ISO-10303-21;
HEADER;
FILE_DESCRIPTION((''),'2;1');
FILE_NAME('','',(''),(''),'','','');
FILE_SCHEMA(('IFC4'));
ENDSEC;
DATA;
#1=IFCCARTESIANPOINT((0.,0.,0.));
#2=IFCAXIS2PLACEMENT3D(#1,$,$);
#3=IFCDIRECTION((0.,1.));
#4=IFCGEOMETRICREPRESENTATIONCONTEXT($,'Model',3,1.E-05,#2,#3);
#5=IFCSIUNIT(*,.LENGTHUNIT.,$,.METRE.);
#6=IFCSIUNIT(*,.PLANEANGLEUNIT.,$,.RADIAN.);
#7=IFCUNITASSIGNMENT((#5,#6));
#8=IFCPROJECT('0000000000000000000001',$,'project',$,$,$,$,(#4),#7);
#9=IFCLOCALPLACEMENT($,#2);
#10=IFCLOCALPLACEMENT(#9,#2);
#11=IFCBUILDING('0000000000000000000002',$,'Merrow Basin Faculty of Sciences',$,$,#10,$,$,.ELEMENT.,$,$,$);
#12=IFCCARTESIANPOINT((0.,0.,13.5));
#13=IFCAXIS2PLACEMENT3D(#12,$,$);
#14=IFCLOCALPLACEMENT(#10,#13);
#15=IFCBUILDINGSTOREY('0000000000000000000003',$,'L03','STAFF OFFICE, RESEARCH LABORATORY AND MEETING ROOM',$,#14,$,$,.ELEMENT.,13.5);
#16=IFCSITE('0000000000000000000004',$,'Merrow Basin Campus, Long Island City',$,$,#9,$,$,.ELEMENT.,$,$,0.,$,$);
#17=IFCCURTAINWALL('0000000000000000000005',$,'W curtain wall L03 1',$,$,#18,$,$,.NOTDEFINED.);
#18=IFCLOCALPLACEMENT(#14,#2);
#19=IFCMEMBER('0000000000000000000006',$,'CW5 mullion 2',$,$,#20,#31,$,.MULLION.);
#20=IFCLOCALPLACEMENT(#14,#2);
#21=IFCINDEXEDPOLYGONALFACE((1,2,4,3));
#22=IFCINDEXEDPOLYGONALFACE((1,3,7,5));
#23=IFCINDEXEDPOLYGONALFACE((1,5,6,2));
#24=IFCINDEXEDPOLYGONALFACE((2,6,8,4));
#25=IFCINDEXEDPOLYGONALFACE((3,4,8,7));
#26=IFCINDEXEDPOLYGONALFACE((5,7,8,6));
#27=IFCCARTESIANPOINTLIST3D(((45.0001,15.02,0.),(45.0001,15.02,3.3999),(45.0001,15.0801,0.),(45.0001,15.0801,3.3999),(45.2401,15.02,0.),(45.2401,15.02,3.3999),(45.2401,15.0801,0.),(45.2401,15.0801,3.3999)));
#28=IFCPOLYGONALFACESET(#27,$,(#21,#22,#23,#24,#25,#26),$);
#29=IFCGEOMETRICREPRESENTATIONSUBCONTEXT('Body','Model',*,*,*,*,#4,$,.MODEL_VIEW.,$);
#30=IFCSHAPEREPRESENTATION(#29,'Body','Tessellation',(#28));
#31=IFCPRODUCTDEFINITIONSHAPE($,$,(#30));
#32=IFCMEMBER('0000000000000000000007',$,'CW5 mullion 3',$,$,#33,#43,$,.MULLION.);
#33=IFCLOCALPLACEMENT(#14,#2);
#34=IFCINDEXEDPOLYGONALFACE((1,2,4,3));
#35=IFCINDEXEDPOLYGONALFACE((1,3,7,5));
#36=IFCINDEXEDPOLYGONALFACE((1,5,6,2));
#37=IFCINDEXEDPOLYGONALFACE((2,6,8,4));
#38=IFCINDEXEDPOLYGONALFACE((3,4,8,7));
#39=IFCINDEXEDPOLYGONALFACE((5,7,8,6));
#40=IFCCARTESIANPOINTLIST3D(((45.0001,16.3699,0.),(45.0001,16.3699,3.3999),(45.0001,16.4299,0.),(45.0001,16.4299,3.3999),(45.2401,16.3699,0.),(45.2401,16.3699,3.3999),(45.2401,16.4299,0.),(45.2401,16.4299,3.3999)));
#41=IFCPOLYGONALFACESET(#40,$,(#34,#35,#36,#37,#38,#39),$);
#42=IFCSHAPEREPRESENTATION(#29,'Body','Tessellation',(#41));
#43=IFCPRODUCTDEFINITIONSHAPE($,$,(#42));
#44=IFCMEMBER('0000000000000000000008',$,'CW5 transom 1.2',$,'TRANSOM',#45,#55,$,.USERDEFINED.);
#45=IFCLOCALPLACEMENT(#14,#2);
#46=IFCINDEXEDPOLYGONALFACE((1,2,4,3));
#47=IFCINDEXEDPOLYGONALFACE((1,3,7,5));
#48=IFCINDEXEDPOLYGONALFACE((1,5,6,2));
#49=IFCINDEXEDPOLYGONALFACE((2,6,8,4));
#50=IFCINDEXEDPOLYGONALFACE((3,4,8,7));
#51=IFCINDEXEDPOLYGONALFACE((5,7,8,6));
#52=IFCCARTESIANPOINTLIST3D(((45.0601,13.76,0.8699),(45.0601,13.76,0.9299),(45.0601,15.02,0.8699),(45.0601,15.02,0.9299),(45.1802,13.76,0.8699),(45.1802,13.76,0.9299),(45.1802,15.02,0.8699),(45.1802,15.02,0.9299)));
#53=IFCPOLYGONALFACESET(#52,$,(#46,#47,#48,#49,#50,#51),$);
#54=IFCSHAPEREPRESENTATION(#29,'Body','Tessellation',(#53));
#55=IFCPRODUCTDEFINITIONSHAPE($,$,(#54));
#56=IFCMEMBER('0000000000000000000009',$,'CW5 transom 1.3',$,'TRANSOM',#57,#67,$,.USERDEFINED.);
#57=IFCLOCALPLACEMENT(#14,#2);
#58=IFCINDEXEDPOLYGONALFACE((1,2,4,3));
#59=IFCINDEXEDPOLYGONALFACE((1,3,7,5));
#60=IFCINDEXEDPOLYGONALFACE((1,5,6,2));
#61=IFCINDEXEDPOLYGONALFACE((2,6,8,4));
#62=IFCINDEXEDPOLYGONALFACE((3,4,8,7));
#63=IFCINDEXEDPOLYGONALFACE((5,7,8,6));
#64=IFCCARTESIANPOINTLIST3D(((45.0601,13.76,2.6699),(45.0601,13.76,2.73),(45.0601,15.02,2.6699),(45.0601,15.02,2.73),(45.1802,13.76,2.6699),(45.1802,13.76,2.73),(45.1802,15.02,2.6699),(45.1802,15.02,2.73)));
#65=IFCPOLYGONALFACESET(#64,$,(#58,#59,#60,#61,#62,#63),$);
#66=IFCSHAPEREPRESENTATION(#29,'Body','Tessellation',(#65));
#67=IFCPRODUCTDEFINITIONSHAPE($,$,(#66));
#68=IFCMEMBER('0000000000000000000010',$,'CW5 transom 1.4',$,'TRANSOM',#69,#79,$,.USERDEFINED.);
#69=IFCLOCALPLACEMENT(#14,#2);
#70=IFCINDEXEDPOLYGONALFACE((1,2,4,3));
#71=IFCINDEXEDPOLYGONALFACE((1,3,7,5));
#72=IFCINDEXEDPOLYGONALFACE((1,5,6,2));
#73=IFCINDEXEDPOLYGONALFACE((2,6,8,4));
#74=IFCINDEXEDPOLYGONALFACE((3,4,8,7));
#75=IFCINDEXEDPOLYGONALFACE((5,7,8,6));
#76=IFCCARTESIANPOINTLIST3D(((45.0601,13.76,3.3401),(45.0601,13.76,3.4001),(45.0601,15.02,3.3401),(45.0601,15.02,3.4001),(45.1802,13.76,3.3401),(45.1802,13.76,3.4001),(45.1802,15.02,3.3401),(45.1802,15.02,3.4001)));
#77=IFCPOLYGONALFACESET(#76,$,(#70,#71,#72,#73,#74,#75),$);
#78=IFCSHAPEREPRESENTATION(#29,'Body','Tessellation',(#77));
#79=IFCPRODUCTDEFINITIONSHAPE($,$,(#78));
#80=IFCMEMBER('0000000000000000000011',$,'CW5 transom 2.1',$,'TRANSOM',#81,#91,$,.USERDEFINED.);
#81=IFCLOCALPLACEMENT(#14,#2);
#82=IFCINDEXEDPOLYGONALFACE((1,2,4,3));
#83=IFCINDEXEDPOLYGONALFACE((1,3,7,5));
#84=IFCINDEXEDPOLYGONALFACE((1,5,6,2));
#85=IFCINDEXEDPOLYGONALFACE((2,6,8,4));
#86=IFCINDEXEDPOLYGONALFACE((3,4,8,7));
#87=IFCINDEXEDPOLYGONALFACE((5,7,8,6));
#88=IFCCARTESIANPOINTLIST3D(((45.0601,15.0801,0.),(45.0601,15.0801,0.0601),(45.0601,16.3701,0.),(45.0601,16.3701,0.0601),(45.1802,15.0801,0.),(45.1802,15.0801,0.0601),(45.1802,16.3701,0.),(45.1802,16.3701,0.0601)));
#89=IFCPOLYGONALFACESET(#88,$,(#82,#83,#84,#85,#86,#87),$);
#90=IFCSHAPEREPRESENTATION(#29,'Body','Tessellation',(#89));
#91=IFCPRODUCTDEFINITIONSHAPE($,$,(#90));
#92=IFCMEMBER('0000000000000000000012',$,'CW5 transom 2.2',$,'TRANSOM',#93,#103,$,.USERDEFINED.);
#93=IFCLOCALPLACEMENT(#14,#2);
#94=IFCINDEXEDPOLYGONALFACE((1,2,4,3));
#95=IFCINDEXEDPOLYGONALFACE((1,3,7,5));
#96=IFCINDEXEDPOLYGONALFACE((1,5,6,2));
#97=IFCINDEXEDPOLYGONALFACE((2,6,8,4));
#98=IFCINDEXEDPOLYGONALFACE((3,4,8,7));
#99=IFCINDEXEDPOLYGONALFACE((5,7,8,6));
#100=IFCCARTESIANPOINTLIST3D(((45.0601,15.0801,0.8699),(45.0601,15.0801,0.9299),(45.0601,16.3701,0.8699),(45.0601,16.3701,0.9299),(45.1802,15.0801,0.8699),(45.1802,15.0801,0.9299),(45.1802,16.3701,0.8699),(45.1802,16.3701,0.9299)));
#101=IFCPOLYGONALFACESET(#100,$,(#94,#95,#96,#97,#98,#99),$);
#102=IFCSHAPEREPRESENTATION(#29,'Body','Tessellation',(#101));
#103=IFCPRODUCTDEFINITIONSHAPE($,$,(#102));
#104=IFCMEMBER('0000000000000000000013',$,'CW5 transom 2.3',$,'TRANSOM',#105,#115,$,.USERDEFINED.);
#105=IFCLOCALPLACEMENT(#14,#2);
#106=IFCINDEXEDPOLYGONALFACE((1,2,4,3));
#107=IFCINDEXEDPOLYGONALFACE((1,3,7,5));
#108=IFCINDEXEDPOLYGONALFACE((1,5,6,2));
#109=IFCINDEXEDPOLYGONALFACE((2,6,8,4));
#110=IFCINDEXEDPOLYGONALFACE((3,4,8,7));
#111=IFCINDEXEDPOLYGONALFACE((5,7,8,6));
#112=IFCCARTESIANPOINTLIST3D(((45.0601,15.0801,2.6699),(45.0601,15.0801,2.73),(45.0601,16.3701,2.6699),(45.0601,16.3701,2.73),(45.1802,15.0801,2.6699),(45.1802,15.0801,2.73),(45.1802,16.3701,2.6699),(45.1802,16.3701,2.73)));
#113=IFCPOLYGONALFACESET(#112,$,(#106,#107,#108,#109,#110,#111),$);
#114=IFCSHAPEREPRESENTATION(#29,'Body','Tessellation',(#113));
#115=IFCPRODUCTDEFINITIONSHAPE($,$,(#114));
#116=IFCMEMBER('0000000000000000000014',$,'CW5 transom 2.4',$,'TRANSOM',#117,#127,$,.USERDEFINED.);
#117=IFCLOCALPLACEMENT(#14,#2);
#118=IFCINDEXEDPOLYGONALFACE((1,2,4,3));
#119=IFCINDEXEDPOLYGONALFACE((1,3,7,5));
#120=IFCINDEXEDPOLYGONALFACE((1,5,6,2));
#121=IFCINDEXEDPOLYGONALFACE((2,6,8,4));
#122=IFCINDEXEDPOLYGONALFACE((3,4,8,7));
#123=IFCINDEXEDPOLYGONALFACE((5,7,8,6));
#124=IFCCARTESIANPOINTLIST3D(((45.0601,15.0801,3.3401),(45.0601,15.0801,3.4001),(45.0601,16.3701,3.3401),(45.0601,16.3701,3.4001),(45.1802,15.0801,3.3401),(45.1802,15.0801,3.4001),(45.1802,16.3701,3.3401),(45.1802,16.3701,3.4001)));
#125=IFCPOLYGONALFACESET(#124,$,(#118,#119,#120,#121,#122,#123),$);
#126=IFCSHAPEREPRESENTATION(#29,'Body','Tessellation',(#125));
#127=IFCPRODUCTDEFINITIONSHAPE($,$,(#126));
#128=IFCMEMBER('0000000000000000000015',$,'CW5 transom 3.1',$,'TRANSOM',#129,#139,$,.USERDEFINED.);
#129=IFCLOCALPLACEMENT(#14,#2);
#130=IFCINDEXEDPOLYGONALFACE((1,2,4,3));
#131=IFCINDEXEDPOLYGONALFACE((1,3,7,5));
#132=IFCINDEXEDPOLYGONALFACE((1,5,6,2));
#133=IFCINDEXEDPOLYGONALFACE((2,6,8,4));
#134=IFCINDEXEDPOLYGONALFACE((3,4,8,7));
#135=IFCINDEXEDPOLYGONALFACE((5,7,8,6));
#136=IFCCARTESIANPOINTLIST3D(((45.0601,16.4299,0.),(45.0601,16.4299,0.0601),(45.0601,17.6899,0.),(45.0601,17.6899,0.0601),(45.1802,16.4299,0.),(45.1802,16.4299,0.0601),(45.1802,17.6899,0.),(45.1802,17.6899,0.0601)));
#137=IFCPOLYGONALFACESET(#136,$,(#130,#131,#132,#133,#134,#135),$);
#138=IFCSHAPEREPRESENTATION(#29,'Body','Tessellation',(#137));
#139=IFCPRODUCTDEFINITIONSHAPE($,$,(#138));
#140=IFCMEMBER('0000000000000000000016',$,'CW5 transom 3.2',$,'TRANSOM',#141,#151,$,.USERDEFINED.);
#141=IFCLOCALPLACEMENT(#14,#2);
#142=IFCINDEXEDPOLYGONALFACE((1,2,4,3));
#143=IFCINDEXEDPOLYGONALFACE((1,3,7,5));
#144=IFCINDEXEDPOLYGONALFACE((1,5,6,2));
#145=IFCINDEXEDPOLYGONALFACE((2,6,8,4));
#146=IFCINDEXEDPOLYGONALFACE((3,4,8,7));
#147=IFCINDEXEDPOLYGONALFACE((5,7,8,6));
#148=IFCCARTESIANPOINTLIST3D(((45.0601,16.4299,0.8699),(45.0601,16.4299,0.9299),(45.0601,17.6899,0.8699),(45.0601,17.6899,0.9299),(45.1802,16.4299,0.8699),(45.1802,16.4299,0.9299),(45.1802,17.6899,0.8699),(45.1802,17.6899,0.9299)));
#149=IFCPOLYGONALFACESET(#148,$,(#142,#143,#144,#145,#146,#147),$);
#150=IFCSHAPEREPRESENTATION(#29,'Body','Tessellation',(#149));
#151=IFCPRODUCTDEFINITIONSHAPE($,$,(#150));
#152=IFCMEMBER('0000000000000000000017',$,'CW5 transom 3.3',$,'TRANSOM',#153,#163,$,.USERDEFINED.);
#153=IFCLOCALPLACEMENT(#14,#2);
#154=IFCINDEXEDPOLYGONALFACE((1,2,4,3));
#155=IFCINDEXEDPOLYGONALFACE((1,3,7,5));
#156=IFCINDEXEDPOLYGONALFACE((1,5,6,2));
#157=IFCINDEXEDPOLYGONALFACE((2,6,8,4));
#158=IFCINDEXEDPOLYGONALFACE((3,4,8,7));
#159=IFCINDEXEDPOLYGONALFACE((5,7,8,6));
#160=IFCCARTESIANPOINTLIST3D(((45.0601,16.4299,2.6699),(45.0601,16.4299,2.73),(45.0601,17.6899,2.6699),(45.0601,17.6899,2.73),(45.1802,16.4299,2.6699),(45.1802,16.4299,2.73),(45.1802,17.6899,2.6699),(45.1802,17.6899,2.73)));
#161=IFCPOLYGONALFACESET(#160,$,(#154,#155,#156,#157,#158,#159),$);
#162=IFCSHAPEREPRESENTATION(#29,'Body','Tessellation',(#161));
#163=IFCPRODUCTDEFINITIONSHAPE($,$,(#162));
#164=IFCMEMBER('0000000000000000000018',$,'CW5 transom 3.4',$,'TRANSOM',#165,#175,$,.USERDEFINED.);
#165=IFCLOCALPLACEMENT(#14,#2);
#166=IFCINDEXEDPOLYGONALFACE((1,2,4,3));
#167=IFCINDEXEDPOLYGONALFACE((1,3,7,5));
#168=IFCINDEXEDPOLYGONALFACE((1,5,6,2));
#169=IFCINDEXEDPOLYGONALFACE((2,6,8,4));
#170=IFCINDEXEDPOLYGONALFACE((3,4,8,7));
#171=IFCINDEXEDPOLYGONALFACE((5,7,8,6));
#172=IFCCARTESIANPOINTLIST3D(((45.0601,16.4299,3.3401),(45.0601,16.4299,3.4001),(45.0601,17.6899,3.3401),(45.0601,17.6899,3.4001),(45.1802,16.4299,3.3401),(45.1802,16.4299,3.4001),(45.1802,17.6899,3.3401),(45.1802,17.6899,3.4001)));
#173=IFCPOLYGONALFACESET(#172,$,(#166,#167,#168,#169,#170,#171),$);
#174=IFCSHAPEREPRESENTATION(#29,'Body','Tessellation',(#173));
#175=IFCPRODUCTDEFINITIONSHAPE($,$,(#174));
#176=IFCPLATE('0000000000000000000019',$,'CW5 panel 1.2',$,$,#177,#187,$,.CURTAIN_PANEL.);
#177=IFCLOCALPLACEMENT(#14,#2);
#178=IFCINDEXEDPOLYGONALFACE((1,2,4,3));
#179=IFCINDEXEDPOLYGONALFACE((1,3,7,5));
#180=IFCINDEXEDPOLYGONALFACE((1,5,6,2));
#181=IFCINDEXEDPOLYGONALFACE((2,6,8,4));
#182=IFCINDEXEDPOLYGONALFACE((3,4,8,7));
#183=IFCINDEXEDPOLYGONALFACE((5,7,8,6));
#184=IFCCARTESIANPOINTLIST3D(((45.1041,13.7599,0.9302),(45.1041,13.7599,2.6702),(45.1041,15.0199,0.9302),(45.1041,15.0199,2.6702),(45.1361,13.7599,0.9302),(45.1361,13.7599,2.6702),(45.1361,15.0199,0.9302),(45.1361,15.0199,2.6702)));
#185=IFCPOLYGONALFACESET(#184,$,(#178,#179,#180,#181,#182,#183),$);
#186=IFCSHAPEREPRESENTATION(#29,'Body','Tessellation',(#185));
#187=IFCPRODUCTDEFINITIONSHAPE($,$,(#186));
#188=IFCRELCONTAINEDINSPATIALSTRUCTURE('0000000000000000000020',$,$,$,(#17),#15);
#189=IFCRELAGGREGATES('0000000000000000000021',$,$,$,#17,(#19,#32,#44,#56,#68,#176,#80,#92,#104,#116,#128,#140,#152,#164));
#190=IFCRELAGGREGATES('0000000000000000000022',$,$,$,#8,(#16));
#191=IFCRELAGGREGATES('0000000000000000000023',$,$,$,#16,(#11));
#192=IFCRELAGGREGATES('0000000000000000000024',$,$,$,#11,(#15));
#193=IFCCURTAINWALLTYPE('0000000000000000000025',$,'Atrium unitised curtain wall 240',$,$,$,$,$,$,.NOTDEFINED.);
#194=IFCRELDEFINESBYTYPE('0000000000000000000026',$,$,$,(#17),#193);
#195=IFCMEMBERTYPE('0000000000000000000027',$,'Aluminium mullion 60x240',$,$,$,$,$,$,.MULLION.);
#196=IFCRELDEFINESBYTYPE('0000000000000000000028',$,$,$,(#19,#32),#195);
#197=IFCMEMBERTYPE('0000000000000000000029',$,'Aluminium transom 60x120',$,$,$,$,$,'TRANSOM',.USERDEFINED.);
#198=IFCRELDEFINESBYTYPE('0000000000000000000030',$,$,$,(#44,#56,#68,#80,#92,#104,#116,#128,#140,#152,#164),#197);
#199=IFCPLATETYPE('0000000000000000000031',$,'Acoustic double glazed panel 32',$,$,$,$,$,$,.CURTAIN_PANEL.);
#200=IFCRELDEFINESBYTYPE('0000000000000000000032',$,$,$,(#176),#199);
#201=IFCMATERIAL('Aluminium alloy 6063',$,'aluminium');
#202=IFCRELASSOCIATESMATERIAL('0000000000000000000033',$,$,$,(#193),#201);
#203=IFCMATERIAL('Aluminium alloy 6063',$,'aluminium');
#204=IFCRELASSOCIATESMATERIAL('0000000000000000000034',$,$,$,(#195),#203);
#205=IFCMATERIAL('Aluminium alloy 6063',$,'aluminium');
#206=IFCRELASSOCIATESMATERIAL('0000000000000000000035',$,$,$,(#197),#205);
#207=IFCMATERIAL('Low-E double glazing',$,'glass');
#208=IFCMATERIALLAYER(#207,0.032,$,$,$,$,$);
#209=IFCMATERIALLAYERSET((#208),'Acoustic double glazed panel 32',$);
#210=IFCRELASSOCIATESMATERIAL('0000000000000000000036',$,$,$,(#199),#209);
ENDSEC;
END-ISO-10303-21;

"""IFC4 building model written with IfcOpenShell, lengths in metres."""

from ifc_helpers import new_model, si_unit, direction, frame, origin, origin_2d, place, context, subcontext, project, spatial, rectangle, extrude, material, layer, layer_set, material_profile, profile_set, type_object, element, aggregate, save


model = new_model("IFC4")

# Units and contexts
model_context = context("Model", 3, precision=1e-05, world=origin(), true_north=direction((0.0, 1.0)))
body_context = subcontext(model_context, "Body", "Model", "MODEL_VIEW")
ifc_project = project(units=[si_unit("LENGTHUNIT", "METRE"), si_unit("PLANEANGLEUNIT", "RADIAN")], contexts=[model_context])

# Site, building, storey
site_placement = place(None, origin())
site = spatial("IfcSite", under=ifc_project, at=site_placement, Name="Merrow Basin Campus, Long Island City", CompositionType="ELEMENT", RefElevation=0.0)
building_placement = place(site_placement, origin())
building = spatial("IfcBuilding", under=site, at=building_placement, Name="Merrow Basin Faculty of Sciences", CompositionType="ELEMENT")
storey_placement = place(building_placement, frame((0.0, 0.0, 13.5)))
storey = spatial("IfcBuildingStorey", under=building, at=storey_placement, Name="L03", Description="STAFF OFFICE, RESEARCH LABORATORY AND MEETING ROOM", CompositionType="ELEMENT", Elevation=13.5)

# Curtain wall, members, plate
ifc_material_1 = material(Name="Aluminium alloy 6063", Category="aluminium")
curtain_wall_type = type_object("IfcCurtainWallType", Name="Atrium unitised curtain wall 240", PredefinedType="NOTDEFINED", material=ifc_material_1)
curtain_wall_placement = place(storey_placement, origin())
curtain_wall = element("IfcCurtainWall", 1, at=curtain_wall_placement, inside=storey, type_object=curtain_wall_type, Name="W curtain wall L03 1", PredefinedType="NOTDEFINED")
ifc_material_2 = material(Name="Aluminium alloy 6063", Category="aluminium")
ifc_material_profile_1 = material_profile(ifc_material_2, rectangle(XDim=0.24, YDim=0.0601, at=origin_2d()))
ifc_profile_set_1 = profile_set([ifc_material_profile_1], Name="Aluminium alloy 6063")
member_type_1 = type_object("IfcMemberType", Name="Aluminium mullion 60x240", PredefinedType="MULLION", material=ifc_profile_set_1)
member_1_placement = place(storey_placement, frame((45.1201, 15.05, 0.0), z_axis=(0.0, 0.0, 1.0), x_axis=(-1.0, 0.0, 0.0)))
member_1 = element("IfcMember", 2, at=member_1_placement, type_object=member_type_1, Name="CW5 mullion 2", PredefinedType="MULLION", context=body_context, shape_type="SweptSolid", body=[
    extrude(rectangle(XDim=0.24, YDim=0.0601, at=origin_2d()), origin(), (0.0, 0.0, 1.0), 3.3999),
])
member_2_placement = place(storey_placement, frame((45.1201, 16.3999, 0.0), z_axis=(0.0, 0.0, 1.0), x_axis=(-1.0, 0.0, 0.0)))
member_2 = element("IfcMember", 3, at=member_2_placement, type_object=member_type_1, Name="CW5 mullion 3", PredefinedType="MULLION", context=body_context, shape_type="SweptSolid", body=[
    extrude(rectangle(XDim=0.24, YDim=0.0601, at=origin_2d()), origin(), (0.0, 0.0, 1.0), 3.3999),
])
ifc_material_3 = material(Name="Aluminium alloy 6063", Category="aluminium")
ifc_material_profile_2 = material_profile(ifc_material_3, rectangle(XDim=0.1201, YDim=0.0601, at=origin_2d()))
ifc_profile_set_2 = profile_set([ifc_material_profile_2], Name="Aluminium alloy 6063")
member_type_2 = type_object("IfcMemberType", Name="Aluminium transom 60x120", ElementType="TRANSOM", PredefinedType="USERDEFINED", material=ifc_profile_set_2)
member_3_placement = place(storey_placement, frame((45.1201, 13.76, 0.8999), z_axis=(0.0, 1.0, 0.0), x_axis=(-1.0, 0.0, 0.0)))
member_3 = element("IfcMember", 4, at=member_3_placement, type_object=member_type_2, Name="CW5 transom 1.2", ObjectType="TRANSOM", PredefinedType="USERDEFINED", context=body_context, shape_type="SweptSolid", body=[
    extrude(rectangle(XDim=0.1201, YDim=0.0601, at=origin_2d()), origin(), (0.0, 0.0, 1.0), 1.26),
])
member_4_placement = place(storey_placement, frame((45.1201, 13.76, 2.7), z_axis=(0.0, 1.0, 0.0), x_axis=(-1.0, 0.0, 0.0)))
member_4 = element("IfcMember", 5, at=member_4_placement, type_object=member_type_2, Name="CW5 transom 1.3", ObjectType="TRANSOM", PredefinedType="USERDEFINED", context=body_context, shape_type="SweptSolid", body=[
    extrude(rectangle(XDim=0.1201, YDim=0.0601, at=origin_2d()), origin(), (0.0, 0.0, 1.0), 1.26),
])
member_5_placement = place(storey_placement, frame((45.1201, 13.76, 3.3701), z_axis=(0.0, 1.0, 0.0), x_axis=(-1.0, 0.0, 0.0)))
member_5 = element("IfcMember", 6, at=member_5_placement, type_object=member_type_2, Name="CW5 transom 1.4", ObjectType="TRANSOM", PredefinedType="USERDEFINED", context=body_context, shape_type="SweptSolid", body=[
    extrude(rectangle(XDim=0.1201, YDim=0.0601, at=origin_2d()), origin(), (0.0, 0.0, 1.0), 1.26),
])
member_6_placement = place(storey_placement, frame((45.1201, 15.0801, 0.03), z_axis=(0.0, 1.0, 0.0), x_axis=(-1.0, 0.0, 0.0)))
member_6 = element("IfcMember", 7, at=member_6_placement, type_object=member_type_2, Name="CW5 transom 2.1", ObjectType="TRANSOM", PredefinedType="USERDEFINED", context=body_context, shape_type="SweptSolid", body=[
    extrude(rectangle(XDim=0.1201, YDim=0.0601, at=origin_2d()), origin(), (0.0, 0.0, 1.0), 1.29),
])
member_7_placement = place(storey_placement, frame((45.1201, 15.0801, 0.8999), z_axis=(0.0, 1.0, 0.0), x_axis=(-1.0, 0.0, 0.0)))
member_7 = element("IfcMember", 8, at=member_7_placement, type_object=member_type_2, Name="CW5 transom 2.2", ObjectType="TRANSOM", PredefinedType="USERDEFINED", context=body_context, shape_type="SweptSolid", body=[
    extrude(rectangle(XDim=0.1201, YDim=0.0601, at=origin_2d()), origin(), (0.0, 0.0, 1.0), 1.29),
])
member_8_placement = place(storey_placement, frame((45.1201, 15.0801, 2.7), z_axis=(0.0, 1.0, 0.0), x_axis=(-1.0, 0.0, 0.0)))
member_8 = element("IfcMember", 9, at=member_8_placement, type_object=member_type_2, Name="CW5 transom 2.3", ObjectType="TRANSOM", PredefinedType="USERDEFINED", context=body_context, shape_type="SweptSolid", body=[
    extrude(rectangle(XDim=0.1201, YDim=0.0601, at=origin_2d()), origin(), (0.0, 0.0, 1.0), 1.29),
])
member_9_placement = place(storey_placement, frame((45.1201, 15.0801, 3.3701), z_axis=(0.0, 1.0, 0.0), x_axis=(-1.0, 0.0, 0.0)))
member_9 = element("IfcMember", 10, at=member_9_placement, type_object=member_type_2, Name="CW5 transom 2.4", ObjectType="TRANSOM", PredefinedType="USERDEFINED", context=body_context, shape_type="SweptSolid", body=[
    extrude(rectangle(XDim=0.1201, YDim=0.0601, at=origin_2d()), origin(), (0.0, 0.0, 1.0), 1.29),
])
member_10_placement = place(storey_placement, frame((45.1201, 16.4299, 0.03), z_axis=(0.0, 1.0, 0.0), x_axis=(-1.0, 0.0, 0.0)))
member_10 = element("IfcMember", 11, at=member_10_placement, type_object=member_type_2, Name="CW5 transom 3.1", ObjectType="TRANSOM", PredefinedType="USERDEFINED", context=body_context, shape_type="SweptSolid", body=[
    extrude(rectangle(XDim=0.1201, YDim=0.0601, at=origin_2d()), origin(), (0.0, 0.0, 1.0), 1.26),
])
member_11_placement = place(storey_placement, frame((45.1201, 16.4299, 0.8999), z_axis=(0.0, 1.0, 0.0), x_axis=(-1.0, 0.0, 0.0)))
member_11 = element("IfcMember", 12, at=member_11_placement, type_object=member_type_2, Name="CW5 transom 3.2", ObjectType="TRANSOM", PredefinedType="USERDEFINED", context=body_context, shape_type="SweptSolid", body=[
    extrude(rectangle(XDim=0.1201, YDim=0.0601, at=origin_2d()), origin(), (0.0, 0.0, 1.0), 1.26),
])
member_12_placement = place(storey_placement, frame((45.1201, 16.4299, 2.7), z_axis=(0.0, 1.0, 0.0), x_axis=(-1.0, 0.0, 0.0)))
member_12 = element("IfcMember", 13, at=member_12_placement, type_object=member_type_2, Name="CW5 transom 3.3", ObjectType="TRANSOM", PredefinedType="USERDEFINED", context=body_context, shape_type="SweptSolid", body=[
    extrude(rectangle(XDim=0.1201, YDim=0.0601, at=origin_2d()), origin(), (0.0, 0.0, 1.0), 1.26),
])
member_13_placement = place(storey_placement, frame((45.1201, 16.4299, 3.3701), z_axis=(0.0, 1.0, 0.0), x_axis=(-1.0, 0.0, 0.0)))
member_13 = element("IfcMember", 14, at=member_13_placement, type_object=member_type_2, Name="CW5 transom 3.4", ObjectType="TRANSOM", PredefinedType="USERDEFINED", context=body_context, shape_type="SweptSolid", body=[
    extrude(rectangle(XDim=0.1201, YDim=0.0601, at=origin_2d()), origin(), (0.0, 0.0, 1.0), 1.26),
])
ifc_material_4 = material(Name="Low-E double glazing", Category="glass")
ifc_layer_1 = layer(ifc_material_4, 0.032)
ifc_layer_set_1 = layer_set([ifc_layer_1], Name="Acoustic double glazed panel 32")
plate_type_1 = type_object("IfcPlateType", Name="Acoustic double glazed panel 32", PredefinedType="CURTAIN_PANEL", material=ifc_layer_set_1)
plate_1_placement = place(storey_placement, frame((45.1201, 14.3899, 0.9302), z_axis=(0.0, 0.0, 1.0), x_axis=(0.0, 1.0, 0.0)))
plate_1 = element("IfcPlate", 15, at=plate_1_placement, type_object=plate_type_1, Name="CW5 panel 1.2", PredefinedType="CURTAIN_PANEL", context=body_context, shape_type="SweptSolid", body=[
    extrude(rectangle(XDim=1.26, YDim=0.032, at=origin_2d()), origin(), (0.0, 0.0, 1.0), 1.74),
])
aggregate(curtain_wall, [member_1, member_2, member_3, member_4, member_5, plate_1, member_6, member_7, member_8, member_9, member_10, member_11, member_12, member_13])

save(model, "model.ifc")
